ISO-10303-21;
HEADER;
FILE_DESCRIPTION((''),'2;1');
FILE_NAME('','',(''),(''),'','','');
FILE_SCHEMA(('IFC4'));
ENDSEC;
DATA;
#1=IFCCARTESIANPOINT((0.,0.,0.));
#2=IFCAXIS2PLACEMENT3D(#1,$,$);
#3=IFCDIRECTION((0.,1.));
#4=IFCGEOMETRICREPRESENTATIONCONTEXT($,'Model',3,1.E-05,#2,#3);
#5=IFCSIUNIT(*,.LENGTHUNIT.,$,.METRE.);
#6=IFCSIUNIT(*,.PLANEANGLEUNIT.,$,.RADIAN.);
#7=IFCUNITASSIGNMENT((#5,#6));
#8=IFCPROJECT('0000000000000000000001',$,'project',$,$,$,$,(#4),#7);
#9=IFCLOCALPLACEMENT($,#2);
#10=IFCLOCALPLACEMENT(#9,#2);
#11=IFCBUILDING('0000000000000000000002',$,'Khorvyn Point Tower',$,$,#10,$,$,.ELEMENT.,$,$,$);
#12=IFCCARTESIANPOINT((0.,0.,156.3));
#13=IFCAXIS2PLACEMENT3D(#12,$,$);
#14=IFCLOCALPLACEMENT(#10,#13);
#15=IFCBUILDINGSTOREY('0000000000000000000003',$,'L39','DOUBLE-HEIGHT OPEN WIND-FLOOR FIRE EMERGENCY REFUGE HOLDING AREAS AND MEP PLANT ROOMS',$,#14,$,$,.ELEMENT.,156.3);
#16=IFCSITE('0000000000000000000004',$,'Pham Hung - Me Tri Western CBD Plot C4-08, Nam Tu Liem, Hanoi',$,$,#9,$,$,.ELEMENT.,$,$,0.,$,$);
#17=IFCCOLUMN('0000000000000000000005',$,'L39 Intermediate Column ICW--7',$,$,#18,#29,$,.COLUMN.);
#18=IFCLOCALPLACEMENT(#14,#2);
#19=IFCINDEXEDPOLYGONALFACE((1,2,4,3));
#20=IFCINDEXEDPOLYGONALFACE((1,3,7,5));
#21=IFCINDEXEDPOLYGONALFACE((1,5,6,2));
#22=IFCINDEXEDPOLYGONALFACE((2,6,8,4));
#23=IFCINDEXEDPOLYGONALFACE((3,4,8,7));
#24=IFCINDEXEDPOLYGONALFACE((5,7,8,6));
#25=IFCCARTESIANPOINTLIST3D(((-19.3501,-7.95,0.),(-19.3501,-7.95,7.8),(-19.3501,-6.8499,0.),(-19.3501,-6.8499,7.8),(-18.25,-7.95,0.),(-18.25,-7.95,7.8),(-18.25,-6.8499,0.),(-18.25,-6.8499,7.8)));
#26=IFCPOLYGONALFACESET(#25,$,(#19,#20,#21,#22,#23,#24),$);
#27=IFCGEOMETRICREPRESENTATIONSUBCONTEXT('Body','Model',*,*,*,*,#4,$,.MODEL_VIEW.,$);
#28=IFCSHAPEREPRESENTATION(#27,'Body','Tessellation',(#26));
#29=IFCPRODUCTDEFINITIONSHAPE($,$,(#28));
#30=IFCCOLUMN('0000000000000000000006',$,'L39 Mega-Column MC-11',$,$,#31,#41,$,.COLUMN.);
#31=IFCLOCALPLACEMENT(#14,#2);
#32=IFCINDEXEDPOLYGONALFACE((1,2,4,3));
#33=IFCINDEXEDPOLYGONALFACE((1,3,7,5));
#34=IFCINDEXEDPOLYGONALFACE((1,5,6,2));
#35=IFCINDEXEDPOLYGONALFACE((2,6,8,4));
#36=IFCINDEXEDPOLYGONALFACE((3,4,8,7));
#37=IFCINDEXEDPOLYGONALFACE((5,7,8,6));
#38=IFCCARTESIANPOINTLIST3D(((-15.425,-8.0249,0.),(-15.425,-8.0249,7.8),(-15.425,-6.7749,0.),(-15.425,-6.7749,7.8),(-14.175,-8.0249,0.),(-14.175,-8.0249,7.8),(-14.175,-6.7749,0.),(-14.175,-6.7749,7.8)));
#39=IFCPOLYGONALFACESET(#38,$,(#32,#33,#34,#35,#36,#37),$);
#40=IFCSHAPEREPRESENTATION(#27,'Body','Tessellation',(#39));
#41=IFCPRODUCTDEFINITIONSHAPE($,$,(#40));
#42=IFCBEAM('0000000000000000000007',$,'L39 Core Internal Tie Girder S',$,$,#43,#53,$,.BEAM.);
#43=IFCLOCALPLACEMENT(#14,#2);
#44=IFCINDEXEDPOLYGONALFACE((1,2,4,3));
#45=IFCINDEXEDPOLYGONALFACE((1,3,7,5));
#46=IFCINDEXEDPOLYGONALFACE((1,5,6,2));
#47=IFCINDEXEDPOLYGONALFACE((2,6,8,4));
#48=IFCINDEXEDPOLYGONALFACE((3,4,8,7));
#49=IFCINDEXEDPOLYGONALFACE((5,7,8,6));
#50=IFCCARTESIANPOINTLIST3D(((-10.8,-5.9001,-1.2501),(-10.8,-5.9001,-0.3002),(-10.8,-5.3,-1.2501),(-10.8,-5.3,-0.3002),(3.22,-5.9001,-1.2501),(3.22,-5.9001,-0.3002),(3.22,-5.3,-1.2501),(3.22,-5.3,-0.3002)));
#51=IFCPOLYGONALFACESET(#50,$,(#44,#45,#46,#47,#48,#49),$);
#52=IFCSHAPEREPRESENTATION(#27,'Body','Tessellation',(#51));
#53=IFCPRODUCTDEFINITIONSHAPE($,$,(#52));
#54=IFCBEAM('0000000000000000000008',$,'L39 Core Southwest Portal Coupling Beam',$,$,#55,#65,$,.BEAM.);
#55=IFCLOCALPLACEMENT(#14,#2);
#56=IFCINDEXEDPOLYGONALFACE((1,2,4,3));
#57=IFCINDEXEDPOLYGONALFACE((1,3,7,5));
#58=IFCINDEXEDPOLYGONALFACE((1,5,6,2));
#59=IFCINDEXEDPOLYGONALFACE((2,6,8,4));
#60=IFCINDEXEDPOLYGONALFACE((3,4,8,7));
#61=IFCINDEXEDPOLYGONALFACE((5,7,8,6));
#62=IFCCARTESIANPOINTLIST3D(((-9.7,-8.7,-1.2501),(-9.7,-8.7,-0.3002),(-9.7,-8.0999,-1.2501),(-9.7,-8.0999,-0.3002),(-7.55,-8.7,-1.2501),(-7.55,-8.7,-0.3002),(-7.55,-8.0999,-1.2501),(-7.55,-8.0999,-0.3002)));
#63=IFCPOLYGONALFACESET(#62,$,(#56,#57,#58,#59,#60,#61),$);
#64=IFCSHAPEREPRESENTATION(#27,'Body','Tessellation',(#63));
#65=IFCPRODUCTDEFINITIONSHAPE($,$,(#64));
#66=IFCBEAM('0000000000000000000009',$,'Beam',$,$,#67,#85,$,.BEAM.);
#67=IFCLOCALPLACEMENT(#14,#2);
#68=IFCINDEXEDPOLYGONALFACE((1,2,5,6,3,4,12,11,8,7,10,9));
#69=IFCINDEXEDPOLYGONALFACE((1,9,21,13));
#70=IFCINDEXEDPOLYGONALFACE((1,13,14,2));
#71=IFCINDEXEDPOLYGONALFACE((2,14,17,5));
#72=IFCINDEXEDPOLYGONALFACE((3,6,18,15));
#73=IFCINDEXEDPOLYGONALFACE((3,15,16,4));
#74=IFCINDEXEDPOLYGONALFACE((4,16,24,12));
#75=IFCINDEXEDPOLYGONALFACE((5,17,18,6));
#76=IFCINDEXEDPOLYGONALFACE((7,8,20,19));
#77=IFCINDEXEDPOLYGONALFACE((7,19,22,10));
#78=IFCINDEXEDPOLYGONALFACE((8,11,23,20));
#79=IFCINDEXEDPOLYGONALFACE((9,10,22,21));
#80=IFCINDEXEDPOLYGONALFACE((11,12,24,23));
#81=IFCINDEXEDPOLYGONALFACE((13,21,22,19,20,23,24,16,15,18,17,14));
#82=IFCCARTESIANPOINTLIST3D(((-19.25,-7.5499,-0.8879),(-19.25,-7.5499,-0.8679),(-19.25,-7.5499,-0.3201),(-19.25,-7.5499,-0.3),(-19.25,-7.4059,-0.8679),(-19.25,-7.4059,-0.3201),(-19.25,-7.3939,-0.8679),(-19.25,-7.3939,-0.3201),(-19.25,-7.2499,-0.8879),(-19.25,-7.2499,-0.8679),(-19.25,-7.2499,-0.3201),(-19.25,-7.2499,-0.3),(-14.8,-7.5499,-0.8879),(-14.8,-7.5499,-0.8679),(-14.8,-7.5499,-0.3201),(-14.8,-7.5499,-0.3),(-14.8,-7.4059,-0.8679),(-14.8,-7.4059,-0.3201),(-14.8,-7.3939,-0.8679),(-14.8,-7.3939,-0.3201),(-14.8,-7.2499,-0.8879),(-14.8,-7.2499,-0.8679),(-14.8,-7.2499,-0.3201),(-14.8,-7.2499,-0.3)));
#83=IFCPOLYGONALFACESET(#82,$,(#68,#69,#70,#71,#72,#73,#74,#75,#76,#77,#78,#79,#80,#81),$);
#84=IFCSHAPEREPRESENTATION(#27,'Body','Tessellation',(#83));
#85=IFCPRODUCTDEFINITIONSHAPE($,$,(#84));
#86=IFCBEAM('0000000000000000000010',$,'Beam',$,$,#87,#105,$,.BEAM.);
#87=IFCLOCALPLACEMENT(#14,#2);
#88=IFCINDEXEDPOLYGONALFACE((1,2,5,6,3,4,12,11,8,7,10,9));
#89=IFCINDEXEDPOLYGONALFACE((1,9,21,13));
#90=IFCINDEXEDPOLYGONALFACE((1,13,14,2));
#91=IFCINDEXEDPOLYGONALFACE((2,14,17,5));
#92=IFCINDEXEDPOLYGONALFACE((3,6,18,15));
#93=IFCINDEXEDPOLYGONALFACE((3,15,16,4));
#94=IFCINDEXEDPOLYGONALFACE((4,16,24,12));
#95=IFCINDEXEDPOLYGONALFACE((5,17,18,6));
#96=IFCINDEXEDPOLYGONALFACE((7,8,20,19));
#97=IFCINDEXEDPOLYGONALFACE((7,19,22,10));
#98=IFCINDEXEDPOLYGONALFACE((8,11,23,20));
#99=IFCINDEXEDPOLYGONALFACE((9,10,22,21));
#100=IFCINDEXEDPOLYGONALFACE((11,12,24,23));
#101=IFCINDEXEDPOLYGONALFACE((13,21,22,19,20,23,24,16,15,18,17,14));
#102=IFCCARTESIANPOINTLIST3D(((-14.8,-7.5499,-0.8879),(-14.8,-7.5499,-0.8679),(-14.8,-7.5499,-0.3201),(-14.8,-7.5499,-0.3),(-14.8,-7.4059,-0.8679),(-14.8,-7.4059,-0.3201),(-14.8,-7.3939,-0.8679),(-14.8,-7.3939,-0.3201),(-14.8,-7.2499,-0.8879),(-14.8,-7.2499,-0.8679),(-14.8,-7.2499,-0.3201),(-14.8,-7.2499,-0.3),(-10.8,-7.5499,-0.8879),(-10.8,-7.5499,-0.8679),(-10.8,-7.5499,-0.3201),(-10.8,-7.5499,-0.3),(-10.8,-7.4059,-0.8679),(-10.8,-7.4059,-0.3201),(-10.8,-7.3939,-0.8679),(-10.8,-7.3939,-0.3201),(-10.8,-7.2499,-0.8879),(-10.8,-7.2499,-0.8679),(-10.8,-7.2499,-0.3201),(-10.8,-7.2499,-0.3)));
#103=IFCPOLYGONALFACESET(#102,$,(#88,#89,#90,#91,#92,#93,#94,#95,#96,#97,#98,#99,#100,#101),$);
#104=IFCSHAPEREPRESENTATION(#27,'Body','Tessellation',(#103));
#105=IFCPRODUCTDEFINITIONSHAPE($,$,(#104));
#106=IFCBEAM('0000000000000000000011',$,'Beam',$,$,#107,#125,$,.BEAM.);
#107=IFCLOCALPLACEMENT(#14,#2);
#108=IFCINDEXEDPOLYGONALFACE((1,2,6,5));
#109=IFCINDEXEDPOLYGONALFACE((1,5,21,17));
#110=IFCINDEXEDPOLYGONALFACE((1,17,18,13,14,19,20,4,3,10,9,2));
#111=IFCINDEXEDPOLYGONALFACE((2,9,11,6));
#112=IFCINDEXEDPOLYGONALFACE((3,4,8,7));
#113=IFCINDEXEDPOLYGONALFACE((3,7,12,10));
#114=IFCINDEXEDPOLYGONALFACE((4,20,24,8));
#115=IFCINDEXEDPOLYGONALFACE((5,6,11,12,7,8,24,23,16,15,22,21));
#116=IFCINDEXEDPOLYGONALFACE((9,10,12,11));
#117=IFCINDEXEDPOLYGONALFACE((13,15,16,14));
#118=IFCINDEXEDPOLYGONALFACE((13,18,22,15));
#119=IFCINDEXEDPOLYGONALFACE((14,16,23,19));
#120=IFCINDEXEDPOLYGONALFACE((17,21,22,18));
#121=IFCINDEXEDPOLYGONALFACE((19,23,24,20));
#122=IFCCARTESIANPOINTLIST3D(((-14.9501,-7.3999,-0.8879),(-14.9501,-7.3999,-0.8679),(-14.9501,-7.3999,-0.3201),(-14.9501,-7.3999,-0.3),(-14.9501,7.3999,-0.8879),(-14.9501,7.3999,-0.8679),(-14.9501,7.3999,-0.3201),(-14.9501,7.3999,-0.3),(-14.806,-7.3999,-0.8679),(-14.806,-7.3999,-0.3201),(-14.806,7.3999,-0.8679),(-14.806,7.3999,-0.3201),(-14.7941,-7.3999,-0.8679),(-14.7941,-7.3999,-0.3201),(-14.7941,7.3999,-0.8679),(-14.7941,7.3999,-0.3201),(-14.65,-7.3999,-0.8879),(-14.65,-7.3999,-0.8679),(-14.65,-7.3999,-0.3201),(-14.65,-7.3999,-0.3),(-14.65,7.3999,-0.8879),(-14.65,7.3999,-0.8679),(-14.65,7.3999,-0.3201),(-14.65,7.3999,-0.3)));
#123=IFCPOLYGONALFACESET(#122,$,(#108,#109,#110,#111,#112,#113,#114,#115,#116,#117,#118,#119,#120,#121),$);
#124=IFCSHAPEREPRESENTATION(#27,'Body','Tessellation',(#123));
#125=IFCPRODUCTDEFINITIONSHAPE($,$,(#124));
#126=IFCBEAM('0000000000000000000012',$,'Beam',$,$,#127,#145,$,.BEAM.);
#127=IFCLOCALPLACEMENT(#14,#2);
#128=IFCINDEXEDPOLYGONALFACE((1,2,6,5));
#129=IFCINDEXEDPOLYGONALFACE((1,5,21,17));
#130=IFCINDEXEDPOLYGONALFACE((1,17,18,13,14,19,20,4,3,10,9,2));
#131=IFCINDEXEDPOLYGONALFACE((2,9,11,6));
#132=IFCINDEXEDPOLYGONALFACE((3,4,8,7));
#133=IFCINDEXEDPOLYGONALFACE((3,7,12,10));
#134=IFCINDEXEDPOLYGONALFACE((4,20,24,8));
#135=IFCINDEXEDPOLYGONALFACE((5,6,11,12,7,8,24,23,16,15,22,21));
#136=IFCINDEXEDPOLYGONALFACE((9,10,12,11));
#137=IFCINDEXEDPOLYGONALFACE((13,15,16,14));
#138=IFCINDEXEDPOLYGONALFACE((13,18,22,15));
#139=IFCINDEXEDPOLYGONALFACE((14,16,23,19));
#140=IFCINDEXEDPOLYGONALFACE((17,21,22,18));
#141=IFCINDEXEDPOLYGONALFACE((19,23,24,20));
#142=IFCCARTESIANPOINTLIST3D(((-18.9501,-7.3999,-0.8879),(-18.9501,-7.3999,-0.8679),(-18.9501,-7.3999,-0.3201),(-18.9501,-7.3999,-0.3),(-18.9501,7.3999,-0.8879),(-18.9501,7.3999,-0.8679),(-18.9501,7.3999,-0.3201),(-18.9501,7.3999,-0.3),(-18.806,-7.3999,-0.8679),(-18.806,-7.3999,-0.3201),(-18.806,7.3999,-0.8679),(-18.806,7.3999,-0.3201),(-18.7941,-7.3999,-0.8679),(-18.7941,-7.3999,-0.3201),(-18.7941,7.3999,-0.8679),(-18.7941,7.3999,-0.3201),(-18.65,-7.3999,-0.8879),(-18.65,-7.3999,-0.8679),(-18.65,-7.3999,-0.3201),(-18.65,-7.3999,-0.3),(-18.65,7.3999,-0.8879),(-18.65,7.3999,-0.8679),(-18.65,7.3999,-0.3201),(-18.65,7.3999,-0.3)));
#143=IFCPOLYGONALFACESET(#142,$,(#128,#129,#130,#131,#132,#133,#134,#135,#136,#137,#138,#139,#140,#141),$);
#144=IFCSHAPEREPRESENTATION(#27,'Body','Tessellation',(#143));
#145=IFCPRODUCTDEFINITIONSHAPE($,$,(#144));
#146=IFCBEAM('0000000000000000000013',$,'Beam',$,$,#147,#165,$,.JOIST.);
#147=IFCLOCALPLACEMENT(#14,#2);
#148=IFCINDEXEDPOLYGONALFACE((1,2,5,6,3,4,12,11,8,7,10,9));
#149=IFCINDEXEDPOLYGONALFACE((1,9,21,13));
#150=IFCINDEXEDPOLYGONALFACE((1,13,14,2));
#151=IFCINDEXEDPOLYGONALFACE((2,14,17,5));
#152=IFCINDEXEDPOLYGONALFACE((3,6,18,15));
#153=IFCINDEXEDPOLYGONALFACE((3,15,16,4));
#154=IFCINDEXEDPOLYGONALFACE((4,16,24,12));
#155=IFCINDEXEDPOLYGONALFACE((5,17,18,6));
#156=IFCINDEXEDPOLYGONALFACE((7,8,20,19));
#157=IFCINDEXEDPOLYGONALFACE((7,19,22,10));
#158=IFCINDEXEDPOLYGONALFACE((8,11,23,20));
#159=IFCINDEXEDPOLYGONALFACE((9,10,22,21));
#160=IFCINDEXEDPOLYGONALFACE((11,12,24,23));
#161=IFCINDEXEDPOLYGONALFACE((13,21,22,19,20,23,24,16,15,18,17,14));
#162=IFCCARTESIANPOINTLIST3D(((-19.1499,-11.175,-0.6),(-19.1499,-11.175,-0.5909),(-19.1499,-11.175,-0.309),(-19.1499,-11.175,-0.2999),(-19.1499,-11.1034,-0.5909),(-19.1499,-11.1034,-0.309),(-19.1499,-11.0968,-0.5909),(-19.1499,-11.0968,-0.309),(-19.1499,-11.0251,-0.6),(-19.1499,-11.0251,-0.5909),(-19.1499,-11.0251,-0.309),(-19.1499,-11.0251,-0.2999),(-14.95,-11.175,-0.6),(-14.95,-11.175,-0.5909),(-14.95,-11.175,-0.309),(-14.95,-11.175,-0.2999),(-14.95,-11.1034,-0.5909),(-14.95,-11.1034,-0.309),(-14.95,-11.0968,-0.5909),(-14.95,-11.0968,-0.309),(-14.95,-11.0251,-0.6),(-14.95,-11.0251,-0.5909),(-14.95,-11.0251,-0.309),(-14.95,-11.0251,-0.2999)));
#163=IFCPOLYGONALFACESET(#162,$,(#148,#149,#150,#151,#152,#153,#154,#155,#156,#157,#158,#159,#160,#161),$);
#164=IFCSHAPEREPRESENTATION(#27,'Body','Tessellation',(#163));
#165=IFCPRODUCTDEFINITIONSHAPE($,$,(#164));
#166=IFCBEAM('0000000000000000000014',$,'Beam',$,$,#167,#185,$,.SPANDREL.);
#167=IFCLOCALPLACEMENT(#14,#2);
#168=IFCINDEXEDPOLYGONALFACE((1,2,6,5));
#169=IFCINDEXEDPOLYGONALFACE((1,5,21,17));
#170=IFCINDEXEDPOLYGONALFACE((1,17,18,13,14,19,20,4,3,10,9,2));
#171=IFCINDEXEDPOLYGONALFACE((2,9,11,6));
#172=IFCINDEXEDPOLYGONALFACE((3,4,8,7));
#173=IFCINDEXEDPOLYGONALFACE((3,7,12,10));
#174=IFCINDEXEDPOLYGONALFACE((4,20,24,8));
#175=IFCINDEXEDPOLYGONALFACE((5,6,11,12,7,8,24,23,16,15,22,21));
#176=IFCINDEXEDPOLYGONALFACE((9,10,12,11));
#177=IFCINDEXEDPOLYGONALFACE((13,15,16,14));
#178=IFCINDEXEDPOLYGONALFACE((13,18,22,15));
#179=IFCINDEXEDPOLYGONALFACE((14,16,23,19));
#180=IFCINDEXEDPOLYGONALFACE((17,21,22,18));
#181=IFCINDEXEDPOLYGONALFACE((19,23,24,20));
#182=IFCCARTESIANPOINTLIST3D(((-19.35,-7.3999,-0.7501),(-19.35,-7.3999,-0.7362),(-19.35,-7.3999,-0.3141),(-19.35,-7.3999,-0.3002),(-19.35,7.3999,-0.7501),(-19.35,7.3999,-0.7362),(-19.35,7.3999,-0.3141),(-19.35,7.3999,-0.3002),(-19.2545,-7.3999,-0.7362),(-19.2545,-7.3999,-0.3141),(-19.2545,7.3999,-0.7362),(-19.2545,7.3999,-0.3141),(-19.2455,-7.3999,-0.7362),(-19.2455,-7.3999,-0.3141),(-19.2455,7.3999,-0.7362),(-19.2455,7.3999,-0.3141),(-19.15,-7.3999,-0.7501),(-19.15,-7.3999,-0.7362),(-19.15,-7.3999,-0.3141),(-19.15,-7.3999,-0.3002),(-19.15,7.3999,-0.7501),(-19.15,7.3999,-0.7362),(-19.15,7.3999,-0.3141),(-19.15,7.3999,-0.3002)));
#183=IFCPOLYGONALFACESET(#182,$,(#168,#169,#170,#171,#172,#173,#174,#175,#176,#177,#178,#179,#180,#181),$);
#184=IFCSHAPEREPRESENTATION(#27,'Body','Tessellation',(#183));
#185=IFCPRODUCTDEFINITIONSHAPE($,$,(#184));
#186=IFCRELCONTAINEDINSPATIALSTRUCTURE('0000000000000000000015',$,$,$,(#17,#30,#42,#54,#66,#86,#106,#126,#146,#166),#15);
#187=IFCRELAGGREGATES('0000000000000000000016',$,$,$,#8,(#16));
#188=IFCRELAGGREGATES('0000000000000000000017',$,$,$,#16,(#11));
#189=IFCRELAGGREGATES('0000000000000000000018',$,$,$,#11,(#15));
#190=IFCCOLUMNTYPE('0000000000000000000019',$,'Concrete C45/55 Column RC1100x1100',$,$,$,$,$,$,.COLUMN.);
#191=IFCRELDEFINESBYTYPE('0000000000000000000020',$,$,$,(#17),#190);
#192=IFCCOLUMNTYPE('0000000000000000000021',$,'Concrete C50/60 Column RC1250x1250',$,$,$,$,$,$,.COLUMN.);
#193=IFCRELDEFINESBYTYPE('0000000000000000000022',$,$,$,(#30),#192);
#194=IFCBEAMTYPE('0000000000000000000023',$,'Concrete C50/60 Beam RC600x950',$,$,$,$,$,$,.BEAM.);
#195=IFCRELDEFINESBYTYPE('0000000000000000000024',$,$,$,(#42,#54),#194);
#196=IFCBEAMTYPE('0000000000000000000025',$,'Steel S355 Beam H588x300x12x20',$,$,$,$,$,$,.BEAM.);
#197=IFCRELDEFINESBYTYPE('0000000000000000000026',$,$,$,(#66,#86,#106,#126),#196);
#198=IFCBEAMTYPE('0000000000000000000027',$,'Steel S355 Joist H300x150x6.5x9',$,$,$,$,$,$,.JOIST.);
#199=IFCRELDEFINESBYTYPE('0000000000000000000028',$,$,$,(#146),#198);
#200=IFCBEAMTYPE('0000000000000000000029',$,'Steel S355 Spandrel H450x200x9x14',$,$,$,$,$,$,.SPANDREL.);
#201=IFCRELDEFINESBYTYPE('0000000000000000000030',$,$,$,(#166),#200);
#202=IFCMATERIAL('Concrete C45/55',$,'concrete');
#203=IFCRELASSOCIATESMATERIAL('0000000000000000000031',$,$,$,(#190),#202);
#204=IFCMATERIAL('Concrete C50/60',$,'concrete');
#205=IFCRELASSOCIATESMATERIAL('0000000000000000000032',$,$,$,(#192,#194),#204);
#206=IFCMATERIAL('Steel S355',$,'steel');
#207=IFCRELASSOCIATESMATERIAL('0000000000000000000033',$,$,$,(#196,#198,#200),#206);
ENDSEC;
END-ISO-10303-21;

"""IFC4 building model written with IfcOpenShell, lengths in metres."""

from ifc_helpers import new_model, si_unit, direction, frame, origin, origin_2d, place, context, subcontext, project, spatial, rectangle, i_section, extrude, material, material_profile, profile_set, type_object, element, save


model = new_model("IFC4")

# Units and contexts
model_context = context("Model", 3, precision=1e-05, world=origin(), true_north=direction((0.0, 1.0)))
body_context = subcontext(model_context, "Body", "Model", "MODEL_VIEW")
ifc_project = project(units=[si_unit("LENGTHUNIT", "METRE"), si_unit("PLANEANGLEUNIT", "RADIAN")], contexts=[model_context])

# Site, building, storey
site_placement = place(None, origin())
site = spatial("IfcSite", under=ifc_project, at=site_placement, Name="Pham Hung - Me Tri Western CBD Plot C4-08, Nam Tu Liem, Hanoi", CompositionType="ELEMENT", RefElevation=0.0)
building_placement = place(site_placement, origin())
building = spatial("IfcBuilding", under=site, at=building_placement, Name="Khorvyn Point Tower", CompositionType="ELEMENT")
storey_placement = place(building_placement, frame((0.0, 0.0, 156.3)))
storey = spatial("IfcBuildingStorey", under=building, at=storey_placement, Name="L39", Description="DOUBLE-HEIGHT OPEN WIND-FLOOR FIRE EMERGENCY REFUGE HOLDING AREAS AND MEP PLANT ROOMS", CompositionType="ELEMENT", Elevation=156.3)

# Columns
ifc_material_1 = material(Name="Concrete C45/55", Category="concrete")
ifc_material_profile_1 = material_profile(ifc_material_1, rectangle(XDim=1.1001, YDim=1.1001, at=origin_2d()))
ifc_profile_set_1 = profile_set([ifc_material_profile_1], Name="Concrete C45/55 RC1100x1100")
column_type_1 = type_object("IfcColumnType", Name="Concrete C45/55 Column RC1100x1100", PredefinedType="COLUMN", material=ifc_profile_set_1)
column_1_placement = place(storey_placement, frame((-18.8, -7.3999, 0.0), z_axis=(0.0, 0.0, 1.0), x_axis=(1.0, 0.0, 0.0)))
element("IfcColumn", 1, at=column_1_placement, inside=storey, type_object=column_type_1, Name="L39 Intermediate Column ICW--7", PredefinedType="COLUMN", context=body_context, shape_type="SweptSolid", body=[
    extrude(rectangle(XDim=1.1001, YDim=1.1001, at=origin_2d()), origin(), (0.0, 0.0, 1.0), 7.8),
])
ifc_material_2 = material(Name="Concrete C50/60", Category="concrete")
ifc_material_profile_2 = material_profile(ifc_material_2, rectangle(XDim=1.25, YDim=1.25, at=origin_2d()))
ifc_profile_set_2 = profile_set([ifc_material_profile_2], Name="Concrete C50/60 RC1250x1250")
column_type_2 = type_object("IfcColumnType", Name="Concrete C50/60 Column RC1250x1250", PredefinedType="COLUMN", material=ifc_profile_set_2)
column_2_placement = place(storey_placement, frame((-14.8, -7.3999, 0.0), z_axis=(0.0, 0.0, 1.0), x_axis=(1.0, 0.0, 0.0)))
element("IfcColumn", 2, at=column_2_placement, inside=storey, type_object=column_type_2, Name="L39 Mega-Column MC-11", PredefinedType="COLUMN", context=body_context, shape_type="SweptSolid", body=[
    extrude(rectangle(XDim=1.25, YDim=1.25, at=origin_2d()), origin(), (0.0, 0.0, 1.0), 7.8),
])

# Beams
ifc_material_profile_3 = material_profile(ifc_material_2, rectangle(XDim=0.6001, YDim=0.95, at=origin_2d()))
ifc_profile_set_3 = profile_set([ifc_material_profile_3], Name="Concrete C50/60 RC600x950")
beam_type_1 = type_object("IfcBeamType", Name="Concrete C50/60 Beam RC600x950", PredefinedType="BEAM", material=ifc_profile_set_3)
beam_1_placement = place(storey_placement, frame((-10.8, -5.6001, -0.7751), z_axis=(1.0, 0.0, 0.0), x_axis=(0.0, 1.0, 0.0)))
element("IfcBeam", 3, at=beam_1_placement, inside=storey, type_object=beam_type_1, Name="L39 Core Internal Tie Girder S", PredefinedType="BEAM", context=body_context, shape_type="SweptSolid", body=[
    extrude(rectangle(XDim=0.6001, YDim=0.95, at=origin_2d()), origin(), (0.0, 0.0, 1.0), 14.02),
])
beam_2_placement = place(storey_placement, frame((-9.7, -8.3999, -0.7751), z_axis=(1.0, 0.0, 0.0), x_axis=(0.0, 1.0, 0.0)))
element("IfcBeam", 4, at=beam_2_placement, inside=storey, type_object=beam_type_1, Name="L39 Core Southwest Portal Coupling Beam", PredefinedType="BEAM", context=body_context, shape_type="SweptSolid", body=[
    extrude(rectangle(XDim=0.6001, YDim=0.95, at=origin_2d()), origin(), (0.0, 0.0, 1.0), 2.1499),
])
ifc_material_3 = material(Name="Steel S355", Category="steel")
ifc_material_profile_4 = material_profile(ifc_material_3, i_section(OverallWidth=0.3, OverallDepth=0.5879, WebThickness=0.012, FlangeThickness=0.02, at=origin_2d()))
ifc_profile_set_4 = profile_set([ifc_material_profile_4], Name="Steel S355 H588x300x12x20")
beam_type_2 = type_object("IfcBeamType", Name="Steel S355 Beam H588x300x12x20", PredefinedType="BEAM", material=ifc_profile_set_4)
beam_3_placement = place(storey_placement, frame((-19.25, -7.3999, -0.594), z_axis=(1.0, 0.0, 0.0), x_axis=(0.0, 1.0, 0.0)))
element("IfcBeam", 5, at=beam_3_placement, inside=storey, type_object=beam_type_2, Name="Beam", PredefinedType="BEAM", context=body_context, shape_type="SweptSolid", body=[
    extrude(i_section(OverallWidth=0.3, OverallDepth=0.5879, WebThickness=0.012, FlangeThickness=0.02, at=origin_2d()), origin(), (0.0, 0.0, 1.0), 4.45),
])
beam_4_placement = place(storey_placement, frame((-14.8, -7.3999, -0.594), z_axis=(1.0, 0.0, 0.0), x_axis=(0.0, 1.0, 0.0)))
element("IfcBeam", 6, at=beam_4_placement, inside=storey, type_object=beam_type_2, Name="Beam", PredefinedType="BEAM", context=body_context, shape_type="SweptSolid", body=[
    extrude(i_section(OverallWidth=0.3, OverallDepth=0.5879, WebThickness=0.012, FlangeThickness=0.02, at=origin_2d()), origin(), (0.0, 0.0, 1.0), 4.0),
])
for number, where, z_axis, x_axis, name in (
    (7, (-14.8, -7.3999, -0.594), (0.0, 1.0, 0.0), (-1.0, 0.0, 0.0), "Beam"),
    (8, (-18.8, -7.3999, -0.594), (0.0, 1.0, 0.0), (-1.0, 0.0, 0.0), "Beam"),
):
    element("IfcBeam", number, at=place(storey_placement, frame(where, z_axis=z_axis, x_axis=x_axis)), inside=storey, type_object=beam_type_2, Name=name, PredefinedType="BEAM", context=body_context, shape_type="SweptSolid", body=[
        extrude(i_section(OverallWidth=0.3, OverallDepth=0.5879, WebThickness=0.012, FlangeThickness=0.02, at=origin_2d()), origin(), (0.0, 0.0, 1.0), 14.7998),
    ])
ifc_material_profile_5 = material_profile(ifc_material_3, i_section(OverallWidth=0.1499, OverallDepth=0.3, WebThickness=0.0066, FlangeThickness=0.009, at=origin_2d()))
ifc_profile_set_5 = profile_set([ifc_material_profile_5], Name="Steel S355 H300x150x6.5x9")
beam_type_3 = type_object("IfcBeamType", Name="Steel S355 Joist H300x150x6.5x9", PredefinedType="JOIST", material=ifc_profile_set_5)
beam_5_placement = place(storey_placement, frame((-19.1499, -11.1001, -0.45), z_axis=(1.0, 0.0, 0.0), x_axis=(0.0, 1.0, 0.0)))
element("IfcBeam", 9, at=beam_5_placement, inside=storey, type_object=beam_type_3, Name="Beam", PredefinedType="JOIST", context=body_context, shape_type="SweptSolid", body=[
    extrude(i_section(OverallWidth=0.1499, OverallDepth=0.3, WebThickness=0.0066, FlangeThickness=0.009, at=origin_2d()), origin(), (0.0, 0.0, 1.0), 4.2),
])
ifc_material_profile_6 = material_profile(ifc_material_3, i_section(OverallWidth=0.2, OverallDepth=0.45, WebThickness=0.009, FlangeThickness=0.0139, at=origin_2d()))
ifc_profile_set_6 = profile_set([ifc_material_profile_6], Name="Steel S355 H450x200x9x14")
beam_type_4 = type_object("IfcBeamType", Name="Steel S355 Spandrel H450x200x9x14", PredefinedType="SPANDREL", material=ifc_profile_set_6)
beam_6_placement = place(storey_placement, frame((-19.25, -7.3999, -0.5251), z_axis=(0.0, 1.0, 0.0), x_axis=(-1.0, 0.0, 0.0)))
element("IfcBeam", 10, at=beam_6_placement, inside=storey, type_object=beam_type_4, Name="Beam", PredefinedType="SPANDREL", context=body_context, shape_type="SweptSolid", body=[
    extrude(i_section(OverallWidth=0.2, OverallDepth=0.45, WebThickness=0.009, FlangeThickness=0.0139, at=origin_2d()), origin(), (0.0, 0.0, 1.0), 14.7998),
])

save(model, "model.ifc")
